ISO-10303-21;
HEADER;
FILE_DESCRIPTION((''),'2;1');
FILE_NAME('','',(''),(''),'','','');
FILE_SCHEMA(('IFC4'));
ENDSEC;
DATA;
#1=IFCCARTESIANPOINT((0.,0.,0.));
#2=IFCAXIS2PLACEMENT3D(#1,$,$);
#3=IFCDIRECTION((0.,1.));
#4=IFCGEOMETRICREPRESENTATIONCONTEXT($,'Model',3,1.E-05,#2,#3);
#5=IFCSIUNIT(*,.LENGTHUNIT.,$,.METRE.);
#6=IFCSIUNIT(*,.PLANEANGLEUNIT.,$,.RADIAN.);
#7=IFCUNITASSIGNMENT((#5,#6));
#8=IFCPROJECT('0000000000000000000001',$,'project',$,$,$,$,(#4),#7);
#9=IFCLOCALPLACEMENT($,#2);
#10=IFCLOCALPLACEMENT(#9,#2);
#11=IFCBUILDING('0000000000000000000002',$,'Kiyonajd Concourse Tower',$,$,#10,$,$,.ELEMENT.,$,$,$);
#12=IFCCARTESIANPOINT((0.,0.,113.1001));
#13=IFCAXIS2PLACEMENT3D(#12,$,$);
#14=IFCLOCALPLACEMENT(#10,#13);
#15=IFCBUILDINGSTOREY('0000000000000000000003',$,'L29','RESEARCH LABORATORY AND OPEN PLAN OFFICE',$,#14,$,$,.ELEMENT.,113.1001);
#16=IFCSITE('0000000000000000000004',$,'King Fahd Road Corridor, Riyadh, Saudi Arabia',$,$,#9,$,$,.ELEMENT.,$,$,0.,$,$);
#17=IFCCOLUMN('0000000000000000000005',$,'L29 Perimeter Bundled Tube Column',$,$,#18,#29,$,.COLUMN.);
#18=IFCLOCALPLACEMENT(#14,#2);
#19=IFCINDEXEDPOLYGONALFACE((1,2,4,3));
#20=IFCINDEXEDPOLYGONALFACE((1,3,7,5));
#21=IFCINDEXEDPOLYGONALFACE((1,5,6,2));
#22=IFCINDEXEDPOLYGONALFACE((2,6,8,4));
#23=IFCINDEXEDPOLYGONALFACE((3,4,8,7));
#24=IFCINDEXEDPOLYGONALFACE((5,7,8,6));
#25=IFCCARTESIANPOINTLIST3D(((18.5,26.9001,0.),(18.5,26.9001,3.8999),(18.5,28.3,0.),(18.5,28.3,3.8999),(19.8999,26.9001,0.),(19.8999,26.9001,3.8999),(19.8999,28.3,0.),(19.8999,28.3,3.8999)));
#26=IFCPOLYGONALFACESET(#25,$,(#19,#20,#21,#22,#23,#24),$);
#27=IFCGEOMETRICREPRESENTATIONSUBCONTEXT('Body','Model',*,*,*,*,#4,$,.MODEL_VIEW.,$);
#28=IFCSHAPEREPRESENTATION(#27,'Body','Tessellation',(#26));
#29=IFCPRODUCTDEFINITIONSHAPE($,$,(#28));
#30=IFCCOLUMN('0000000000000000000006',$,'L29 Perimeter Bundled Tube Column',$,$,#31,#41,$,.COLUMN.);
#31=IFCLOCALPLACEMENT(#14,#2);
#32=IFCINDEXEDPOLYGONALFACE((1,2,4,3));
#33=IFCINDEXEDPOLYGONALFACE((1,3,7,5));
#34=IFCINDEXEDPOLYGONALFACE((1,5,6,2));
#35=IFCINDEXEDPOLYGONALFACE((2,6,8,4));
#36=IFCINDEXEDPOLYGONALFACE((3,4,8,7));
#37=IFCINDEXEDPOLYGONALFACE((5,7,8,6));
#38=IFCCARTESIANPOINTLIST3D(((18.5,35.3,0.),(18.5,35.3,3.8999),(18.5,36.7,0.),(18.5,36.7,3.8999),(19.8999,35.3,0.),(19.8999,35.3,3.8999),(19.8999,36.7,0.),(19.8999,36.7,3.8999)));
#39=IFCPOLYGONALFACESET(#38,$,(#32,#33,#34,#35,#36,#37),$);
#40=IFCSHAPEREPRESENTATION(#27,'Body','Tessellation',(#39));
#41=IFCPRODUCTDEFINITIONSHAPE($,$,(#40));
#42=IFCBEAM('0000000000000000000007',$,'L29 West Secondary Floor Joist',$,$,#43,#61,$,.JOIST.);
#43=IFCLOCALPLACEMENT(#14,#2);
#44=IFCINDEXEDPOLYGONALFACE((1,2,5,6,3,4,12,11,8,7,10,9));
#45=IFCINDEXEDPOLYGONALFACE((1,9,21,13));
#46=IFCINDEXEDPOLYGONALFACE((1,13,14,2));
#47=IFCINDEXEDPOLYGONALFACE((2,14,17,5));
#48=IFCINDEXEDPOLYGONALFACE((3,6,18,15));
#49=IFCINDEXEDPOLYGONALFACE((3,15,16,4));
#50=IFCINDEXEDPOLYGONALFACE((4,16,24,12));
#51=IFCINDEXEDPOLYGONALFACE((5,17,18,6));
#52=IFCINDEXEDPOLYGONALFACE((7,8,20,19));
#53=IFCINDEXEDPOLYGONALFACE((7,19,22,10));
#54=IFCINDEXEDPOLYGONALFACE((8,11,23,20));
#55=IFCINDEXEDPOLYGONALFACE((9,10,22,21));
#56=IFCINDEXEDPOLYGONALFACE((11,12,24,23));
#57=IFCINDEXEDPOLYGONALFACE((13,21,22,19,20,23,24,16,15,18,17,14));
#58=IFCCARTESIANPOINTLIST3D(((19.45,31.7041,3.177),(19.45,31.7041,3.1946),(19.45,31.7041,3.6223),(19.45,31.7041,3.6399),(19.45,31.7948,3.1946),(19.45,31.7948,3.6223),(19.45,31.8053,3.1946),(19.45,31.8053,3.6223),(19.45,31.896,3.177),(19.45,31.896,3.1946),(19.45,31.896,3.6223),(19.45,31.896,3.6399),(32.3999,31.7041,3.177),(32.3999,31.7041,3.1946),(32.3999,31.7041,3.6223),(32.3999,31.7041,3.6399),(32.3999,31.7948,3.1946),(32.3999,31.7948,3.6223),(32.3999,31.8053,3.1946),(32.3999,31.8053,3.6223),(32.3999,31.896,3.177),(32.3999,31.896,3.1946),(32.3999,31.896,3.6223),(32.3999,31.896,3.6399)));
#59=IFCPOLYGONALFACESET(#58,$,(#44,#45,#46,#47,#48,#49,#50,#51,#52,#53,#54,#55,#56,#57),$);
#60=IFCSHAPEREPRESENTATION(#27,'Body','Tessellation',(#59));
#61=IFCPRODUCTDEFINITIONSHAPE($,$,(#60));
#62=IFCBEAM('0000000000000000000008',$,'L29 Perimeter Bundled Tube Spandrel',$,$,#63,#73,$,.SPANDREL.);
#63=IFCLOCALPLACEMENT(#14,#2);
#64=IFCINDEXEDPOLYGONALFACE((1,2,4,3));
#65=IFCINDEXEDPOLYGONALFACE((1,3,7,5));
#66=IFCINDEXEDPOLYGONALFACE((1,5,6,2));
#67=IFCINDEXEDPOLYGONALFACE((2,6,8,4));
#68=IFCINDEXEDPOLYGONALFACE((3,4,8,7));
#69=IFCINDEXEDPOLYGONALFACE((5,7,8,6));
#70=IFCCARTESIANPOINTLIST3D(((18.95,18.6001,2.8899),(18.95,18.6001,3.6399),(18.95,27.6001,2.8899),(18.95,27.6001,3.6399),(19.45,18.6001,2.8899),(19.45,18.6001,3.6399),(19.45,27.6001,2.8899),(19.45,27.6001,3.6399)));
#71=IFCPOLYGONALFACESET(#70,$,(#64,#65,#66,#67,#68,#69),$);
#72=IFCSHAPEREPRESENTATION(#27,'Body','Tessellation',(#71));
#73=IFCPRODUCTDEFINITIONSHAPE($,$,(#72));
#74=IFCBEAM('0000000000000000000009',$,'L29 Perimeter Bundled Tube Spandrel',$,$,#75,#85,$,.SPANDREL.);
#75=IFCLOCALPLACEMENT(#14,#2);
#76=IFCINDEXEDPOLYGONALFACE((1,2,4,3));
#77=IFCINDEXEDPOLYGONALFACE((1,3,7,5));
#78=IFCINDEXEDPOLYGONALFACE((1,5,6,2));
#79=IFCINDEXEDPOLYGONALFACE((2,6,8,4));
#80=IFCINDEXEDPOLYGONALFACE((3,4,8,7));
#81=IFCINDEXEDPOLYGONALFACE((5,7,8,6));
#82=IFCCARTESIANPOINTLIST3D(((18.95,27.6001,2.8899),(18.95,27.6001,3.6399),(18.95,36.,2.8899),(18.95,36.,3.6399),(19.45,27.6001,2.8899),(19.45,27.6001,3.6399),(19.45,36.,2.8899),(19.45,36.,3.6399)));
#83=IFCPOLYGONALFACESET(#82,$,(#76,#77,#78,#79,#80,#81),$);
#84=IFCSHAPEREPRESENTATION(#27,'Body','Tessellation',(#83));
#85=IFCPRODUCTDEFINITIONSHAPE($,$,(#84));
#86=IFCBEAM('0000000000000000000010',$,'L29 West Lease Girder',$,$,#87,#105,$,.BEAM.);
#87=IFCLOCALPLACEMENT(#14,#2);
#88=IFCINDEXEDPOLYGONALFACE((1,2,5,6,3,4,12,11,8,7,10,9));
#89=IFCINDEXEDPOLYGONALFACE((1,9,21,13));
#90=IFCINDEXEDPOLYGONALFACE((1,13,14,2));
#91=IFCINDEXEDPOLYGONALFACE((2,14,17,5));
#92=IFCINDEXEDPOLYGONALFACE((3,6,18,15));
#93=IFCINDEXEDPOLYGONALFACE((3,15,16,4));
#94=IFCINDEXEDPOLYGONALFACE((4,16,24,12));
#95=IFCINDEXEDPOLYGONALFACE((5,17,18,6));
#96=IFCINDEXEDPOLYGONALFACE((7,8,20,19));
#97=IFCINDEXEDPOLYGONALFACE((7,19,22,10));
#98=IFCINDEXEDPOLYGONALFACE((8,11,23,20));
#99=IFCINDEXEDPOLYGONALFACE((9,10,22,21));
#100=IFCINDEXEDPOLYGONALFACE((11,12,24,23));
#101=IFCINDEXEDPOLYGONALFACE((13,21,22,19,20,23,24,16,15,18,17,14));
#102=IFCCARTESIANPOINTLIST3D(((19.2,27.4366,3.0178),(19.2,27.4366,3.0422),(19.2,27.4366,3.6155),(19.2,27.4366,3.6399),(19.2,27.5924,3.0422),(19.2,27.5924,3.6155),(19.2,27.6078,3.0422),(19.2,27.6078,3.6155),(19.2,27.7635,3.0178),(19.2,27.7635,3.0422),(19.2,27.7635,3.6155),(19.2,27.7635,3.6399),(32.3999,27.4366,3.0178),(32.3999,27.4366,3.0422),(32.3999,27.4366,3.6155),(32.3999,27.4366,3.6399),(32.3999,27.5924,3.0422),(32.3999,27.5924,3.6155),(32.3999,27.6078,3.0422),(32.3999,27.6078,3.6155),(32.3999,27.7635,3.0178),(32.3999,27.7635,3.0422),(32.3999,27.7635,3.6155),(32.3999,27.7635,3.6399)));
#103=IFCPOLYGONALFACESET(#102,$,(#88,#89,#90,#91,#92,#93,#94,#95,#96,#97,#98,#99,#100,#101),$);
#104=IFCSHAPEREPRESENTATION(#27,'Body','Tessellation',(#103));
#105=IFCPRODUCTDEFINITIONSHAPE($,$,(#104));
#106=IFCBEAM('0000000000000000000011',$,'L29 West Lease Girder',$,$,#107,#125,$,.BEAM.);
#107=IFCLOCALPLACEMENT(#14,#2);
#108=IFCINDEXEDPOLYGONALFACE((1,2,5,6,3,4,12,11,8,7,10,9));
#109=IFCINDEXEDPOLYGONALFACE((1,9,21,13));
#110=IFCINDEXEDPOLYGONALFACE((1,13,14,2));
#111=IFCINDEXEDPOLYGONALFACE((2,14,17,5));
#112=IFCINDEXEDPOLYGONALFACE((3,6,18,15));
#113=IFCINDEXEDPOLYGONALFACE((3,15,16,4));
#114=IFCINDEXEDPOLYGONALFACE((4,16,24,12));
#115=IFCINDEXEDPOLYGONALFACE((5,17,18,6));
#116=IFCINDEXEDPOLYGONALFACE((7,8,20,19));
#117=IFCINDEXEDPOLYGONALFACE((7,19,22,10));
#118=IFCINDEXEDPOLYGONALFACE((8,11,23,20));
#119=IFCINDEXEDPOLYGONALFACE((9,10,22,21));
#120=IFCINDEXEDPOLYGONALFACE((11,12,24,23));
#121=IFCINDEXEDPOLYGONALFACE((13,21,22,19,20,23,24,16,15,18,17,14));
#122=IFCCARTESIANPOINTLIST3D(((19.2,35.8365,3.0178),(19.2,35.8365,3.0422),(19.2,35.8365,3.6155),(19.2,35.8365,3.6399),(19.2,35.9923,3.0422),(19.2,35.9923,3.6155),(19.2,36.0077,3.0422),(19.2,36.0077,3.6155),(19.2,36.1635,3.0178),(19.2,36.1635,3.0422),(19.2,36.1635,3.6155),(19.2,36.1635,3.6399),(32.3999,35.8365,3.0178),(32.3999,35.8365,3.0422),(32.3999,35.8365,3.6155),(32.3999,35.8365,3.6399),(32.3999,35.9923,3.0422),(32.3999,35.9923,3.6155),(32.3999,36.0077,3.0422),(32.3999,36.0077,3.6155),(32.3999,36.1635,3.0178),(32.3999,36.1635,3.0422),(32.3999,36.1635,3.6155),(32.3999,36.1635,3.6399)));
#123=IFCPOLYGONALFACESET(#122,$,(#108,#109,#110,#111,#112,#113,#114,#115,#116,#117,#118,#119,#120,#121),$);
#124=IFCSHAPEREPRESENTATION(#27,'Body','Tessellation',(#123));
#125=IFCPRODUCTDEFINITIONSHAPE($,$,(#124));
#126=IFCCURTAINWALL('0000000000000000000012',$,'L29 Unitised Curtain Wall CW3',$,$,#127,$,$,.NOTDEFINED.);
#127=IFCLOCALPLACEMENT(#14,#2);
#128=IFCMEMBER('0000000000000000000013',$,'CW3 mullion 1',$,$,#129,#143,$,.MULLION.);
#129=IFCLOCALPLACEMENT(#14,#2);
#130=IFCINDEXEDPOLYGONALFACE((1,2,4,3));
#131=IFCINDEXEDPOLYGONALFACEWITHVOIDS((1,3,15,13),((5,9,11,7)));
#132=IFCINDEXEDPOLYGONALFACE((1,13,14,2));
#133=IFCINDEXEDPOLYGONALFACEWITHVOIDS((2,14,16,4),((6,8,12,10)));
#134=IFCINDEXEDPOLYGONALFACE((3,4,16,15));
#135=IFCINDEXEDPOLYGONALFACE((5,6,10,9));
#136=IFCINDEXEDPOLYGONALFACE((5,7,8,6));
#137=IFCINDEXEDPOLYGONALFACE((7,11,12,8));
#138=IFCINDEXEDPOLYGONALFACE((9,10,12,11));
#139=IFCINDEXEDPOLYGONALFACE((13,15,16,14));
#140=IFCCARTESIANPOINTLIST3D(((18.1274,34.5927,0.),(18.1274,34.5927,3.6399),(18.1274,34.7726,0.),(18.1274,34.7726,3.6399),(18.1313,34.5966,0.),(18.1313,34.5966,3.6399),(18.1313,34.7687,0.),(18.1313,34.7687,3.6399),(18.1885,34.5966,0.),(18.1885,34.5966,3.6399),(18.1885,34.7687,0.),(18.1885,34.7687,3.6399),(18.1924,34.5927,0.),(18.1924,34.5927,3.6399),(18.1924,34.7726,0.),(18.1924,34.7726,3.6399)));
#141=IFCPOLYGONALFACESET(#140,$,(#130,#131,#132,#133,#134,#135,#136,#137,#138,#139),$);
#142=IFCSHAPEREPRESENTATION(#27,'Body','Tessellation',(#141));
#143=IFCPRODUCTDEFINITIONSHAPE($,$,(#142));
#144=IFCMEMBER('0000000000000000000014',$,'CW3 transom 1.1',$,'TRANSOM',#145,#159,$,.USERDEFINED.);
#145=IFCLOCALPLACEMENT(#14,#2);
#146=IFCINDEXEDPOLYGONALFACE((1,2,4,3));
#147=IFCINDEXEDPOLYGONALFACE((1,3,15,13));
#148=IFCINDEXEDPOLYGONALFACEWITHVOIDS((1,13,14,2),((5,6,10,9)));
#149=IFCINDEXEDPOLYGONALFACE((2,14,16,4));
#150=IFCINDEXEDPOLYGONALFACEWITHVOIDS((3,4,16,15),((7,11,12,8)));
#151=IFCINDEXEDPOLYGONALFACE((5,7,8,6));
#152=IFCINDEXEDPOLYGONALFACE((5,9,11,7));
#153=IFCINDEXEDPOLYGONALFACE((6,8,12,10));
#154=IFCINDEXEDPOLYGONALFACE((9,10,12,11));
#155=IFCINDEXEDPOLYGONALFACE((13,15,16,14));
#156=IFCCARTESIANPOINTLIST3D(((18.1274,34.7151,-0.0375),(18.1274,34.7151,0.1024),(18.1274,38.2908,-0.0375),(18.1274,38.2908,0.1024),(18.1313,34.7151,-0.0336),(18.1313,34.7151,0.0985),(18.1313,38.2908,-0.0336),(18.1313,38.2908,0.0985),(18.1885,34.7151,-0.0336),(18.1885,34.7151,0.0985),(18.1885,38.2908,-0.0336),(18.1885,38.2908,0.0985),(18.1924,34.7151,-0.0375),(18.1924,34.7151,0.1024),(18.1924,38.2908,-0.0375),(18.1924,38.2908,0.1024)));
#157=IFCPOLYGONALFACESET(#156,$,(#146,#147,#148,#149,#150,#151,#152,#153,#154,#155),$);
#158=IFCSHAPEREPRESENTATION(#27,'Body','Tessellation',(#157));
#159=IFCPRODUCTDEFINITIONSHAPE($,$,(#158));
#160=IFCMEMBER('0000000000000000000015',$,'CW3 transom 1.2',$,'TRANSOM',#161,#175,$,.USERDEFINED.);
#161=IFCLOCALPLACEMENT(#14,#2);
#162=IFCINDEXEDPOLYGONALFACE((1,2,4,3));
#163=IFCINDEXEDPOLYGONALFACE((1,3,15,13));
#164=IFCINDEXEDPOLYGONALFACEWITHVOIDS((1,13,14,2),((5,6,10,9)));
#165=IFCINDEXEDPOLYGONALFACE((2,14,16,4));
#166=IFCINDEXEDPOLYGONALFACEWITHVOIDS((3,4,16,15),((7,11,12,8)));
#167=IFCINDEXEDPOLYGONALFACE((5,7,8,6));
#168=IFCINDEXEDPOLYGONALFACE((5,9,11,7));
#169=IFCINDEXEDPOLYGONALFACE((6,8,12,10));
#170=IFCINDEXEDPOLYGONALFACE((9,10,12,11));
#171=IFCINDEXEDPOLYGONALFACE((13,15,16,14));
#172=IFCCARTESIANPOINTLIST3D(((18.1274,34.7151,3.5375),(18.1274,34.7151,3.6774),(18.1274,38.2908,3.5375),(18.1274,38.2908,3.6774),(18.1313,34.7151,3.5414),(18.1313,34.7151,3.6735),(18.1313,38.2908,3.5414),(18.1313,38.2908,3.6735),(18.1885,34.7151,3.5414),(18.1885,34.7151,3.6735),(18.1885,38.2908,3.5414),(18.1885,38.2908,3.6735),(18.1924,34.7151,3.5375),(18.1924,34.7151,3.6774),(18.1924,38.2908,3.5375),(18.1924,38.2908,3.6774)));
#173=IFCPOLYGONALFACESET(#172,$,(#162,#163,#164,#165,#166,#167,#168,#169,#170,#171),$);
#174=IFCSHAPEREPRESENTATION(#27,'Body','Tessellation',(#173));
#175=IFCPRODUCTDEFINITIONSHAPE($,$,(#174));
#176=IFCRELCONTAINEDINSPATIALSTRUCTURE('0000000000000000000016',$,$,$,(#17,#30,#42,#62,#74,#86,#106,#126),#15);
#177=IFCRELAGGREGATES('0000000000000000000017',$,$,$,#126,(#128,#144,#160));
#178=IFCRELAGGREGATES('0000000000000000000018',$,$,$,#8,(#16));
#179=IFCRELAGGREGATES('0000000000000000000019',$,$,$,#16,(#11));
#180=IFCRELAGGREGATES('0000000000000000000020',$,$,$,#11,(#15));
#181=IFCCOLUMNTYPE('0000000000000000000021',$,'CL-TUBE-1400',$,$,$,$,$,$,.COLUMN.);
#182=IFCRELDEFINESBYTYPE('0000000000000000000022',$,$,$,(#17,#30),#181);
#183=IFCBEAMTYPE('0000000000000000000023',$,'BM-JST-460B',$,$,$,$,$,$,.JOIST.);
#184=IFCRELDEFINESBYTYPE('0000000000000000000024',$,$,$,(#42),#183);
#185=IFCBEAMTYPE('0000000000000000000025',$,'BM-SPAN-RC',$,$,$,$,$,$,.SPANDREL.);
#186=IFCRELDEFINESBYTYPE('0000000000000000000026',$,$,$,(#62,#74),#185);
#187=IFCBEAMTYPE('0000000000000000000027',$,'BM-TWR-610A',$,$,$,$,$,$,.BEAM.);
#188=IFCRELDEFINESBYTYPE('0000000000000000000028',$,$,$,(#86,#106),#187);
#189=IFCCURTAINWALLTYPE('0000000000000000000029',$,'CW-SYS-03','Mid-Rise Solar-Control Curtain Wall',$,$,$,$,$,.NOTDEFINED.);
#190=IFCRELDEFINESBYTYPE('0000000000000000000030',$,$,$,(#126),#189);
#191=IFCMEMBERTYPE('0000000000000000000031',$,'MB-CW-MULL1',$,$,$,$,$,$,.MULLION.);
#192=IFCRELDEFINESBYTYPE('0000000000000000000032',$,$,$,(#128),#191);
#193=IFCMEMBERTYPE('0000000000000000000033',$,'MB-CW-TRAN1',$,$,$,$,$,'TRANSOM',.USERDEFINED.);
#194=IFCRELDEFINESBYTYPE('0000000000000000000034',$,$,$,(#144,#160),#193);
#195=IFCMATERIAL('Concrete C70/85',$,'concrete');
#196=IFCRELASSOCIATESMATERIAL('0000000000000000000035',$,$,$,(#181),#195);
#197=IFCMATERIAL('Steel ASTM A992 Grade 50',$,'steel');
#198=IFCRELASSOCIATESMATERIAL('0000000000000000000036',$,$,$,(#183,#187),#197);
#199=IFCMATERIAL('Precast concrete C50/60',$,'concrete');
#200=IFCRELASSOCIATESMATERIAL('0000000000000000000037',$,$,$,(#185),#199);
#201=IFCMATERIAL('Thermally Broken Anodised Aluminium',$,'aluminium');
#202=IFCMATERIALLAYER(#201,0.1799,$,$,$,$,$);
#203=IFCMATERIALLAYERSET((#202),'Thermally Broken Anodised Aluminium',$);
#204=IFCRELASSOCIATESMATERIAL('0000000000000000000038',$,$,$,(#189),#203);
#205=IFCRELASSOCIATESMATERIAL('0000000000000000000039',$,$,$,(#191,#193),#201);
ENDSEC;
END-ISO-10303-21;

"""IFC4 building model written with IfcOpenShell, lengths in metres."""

from ifc_helpers import new_model, si_unit, direction, frame, origin, origin_2d, place, context, subcontext, project, spatial, rectangle, hollow_rectangle, i_section, extrude, material, layer, layer_set, material_profile, profile_set, type_object, element, aggregate, save


model = new_model("IFC4")

# Units and contexts
model_context = context("Model", 3, precision=1e-05, world=origin(), true_north=direction((0.0, 1.0)))
body_context = subcontext(model_context, "Body", "Model", "MODEL_VIEW")
ifc_project = project(units=[si_unit("LENGTHUNIT", "METRE"), si_unit("PLANEANGLEUNIT", "RADIAN")], contexts=[model_context])

# Site, building, storey
site_placement = place(None, origin())
site = spatial("IfcSite", under=ifc_project, at=site_placement, Name="King Fahd Road Corridor, Riyadh, Saudi Arabia", CompositionType="ELEMENT", RefElevation=0.0)
building_placement = place(site_placement, origin())
building = spatial("IfcBuilding", under=site, at=building_placement, Name="Kiyonajd Concourse Tower", CompositionType="ELEMENT")
storey_placement = place(building_placement, frame((0.0, 0.0, 113.1001)))
storey = spatial("IfcBuildingStorey", under=building, at=storey_placement, Name="L29", Description="RESEARCH LABORATORY AND OPEN PLAN OFFICE", CompositionType="ELEMENT", Elevation=113.1001)

# Columns
ifc_material_1 = material(Name="Concrete C70/85", Category="concrete")
ifc_material_profile_1 = material_profile(ifc_material_1, rectangle(XDim=1.3999, YDim=1.3999, at=origin_2d()), Name="RC-1400x1400")
ifc_profile_set_1 = profile_set([ifc_material_profile_1], Name="Concrete C70/85")
column_type = type_object("IfcColumnType", Name="CL-TUBE-1400", PredefinedType="COLUMN", material=ifc_profile_set_1)
for number, where, z_axis, x_axis, name in (
    (1, (19.2, 27.6001, 0.0), (0.0, 0.0, 1.0), (1.0, 0.0, 0.0), "L29 Perimeter Bundled Tube Column"),
    (2, (19.2, 36.0, 0.0), (0.0, 0.0, 1.0), (1.0, 0.0, 0.0), "L29 Perimeter Bundled Tube Column"),
):
    element("IfcColumn", number, at=place(storey_placement, frame(where, z_axis=z_axis, x_axis=x_axis)), inside=storey, type_object=column_type, Name=name, PredefinedType="COLUMN", context=body_context, shape_type="SweptSolid", body=[
        extrude(rectangle(XDim=1.3999, YDim=1.3999, at=origin_2d()), origin(), (0.0, 0.0, 1.0), 3.8999),
    ])

# Beams
ifc_material_2 = material(Name="Steel ASTM A992 Grade 50", Category="steel")
ifc_material_profile_2 = material_profile(ifc_material_2, i_section(OverallWidth=0.1919, OverallDepth=0.4629, WebThickness=0.0105, FlangeThickness=0.0176, at=origin_2d()), Name="W460X89")
ifc_profile_set_2 = profile_set([ifc_material_profile_2], Name="Steel ASTM A992 Grade 50")
beam_type_1 = type_object("IfcBeamType", Name="BM-JST-460B", PredefinedType="JOIST", material=ifc_profile_set_2)
beam_1_placement = place(storey_placement, frame((19.45, 31.8, 3.4084), z_axis=(1.0, 0.0, 0.0), x_axis=(0.0, 1.0, 0.0)))
element("IfcBeam", 3, at=beam_1_placement, inside=storey, type_object=beam_type_1, Name="L29 West Secondary Floor Joist", PredefinedType="JOIST", context=body_context, shape_type="SweptSolid", body=[
    extrude(i_section(OverallWidth=0.1919, OverallDepth=0.4629, WebThickness=0.0105, FlangeThickness=0.0176, at=origin_2d()), origin(), (0.0, 0.0, 1.0), 12.95),
])
ifc_material_3 = material(Name="Precast concrete C50/60", Category="concrete")
ifc_material_profile_3 = material_profile(ifc_material_3, rectangle(XDim=0.5, YDim=0.75, at=origin_2d()), Name="RCBM-500x750")
ifc_profile_set_3 = profile_set([ifc_material_profile_3], Name="Precast concrete C50/60")
beam_type_2 = type_object("IfcBeamType", Name="BM-SPAN-RC", PredefinedType="SPANDREL", material=ifc_profile_set_3)
beam_2_placement = place(storey_placement, frame((19.2, 27.6001, 3.2649), z_axis=(0.0, -1.0, 0.0), x_axis=(1.0, 0.0, 0.0)))
element("IfcBeam", 4, at=beam_2_placement, inside=storey, type_object=beam_type_2, Name="L29 Perimeter Bundled Tube Spandrel", PredefinedType="SPANDREL", context=body_context, shape_type="SweptSolid", body=[
    extrude(rectangle(XDim=0.5, YDim=0.75, at=origin_2d()), origin(), (0.0, 0.0, 1.0), 9.0),
])
beam_3_placement = place(storey_placement, frame((19.2, 36.0, 3.2649), z_axis=(0.0, -1.0, 0.0), x_axis=(1.0, 0.0, 0.0)))
element("IfcBeam", 5, at=beam_3_placement, inside=storey, type_object=beam_type_2, Name="L29 Perimeter Bundled Tube Spandrel", PredefinedType="SPANDREL", context=body_context, shape_type="SweptSolid", body=[
    extrude(rectangle(XDim=0.5, YDim=0.75, at=origin_2d()), origin(), (0.0, 0.0, 1.0), 8.3999),
])
ifc_material_profile_4 = material_profile(ifc_material_2, i_section(OverallWidth=0.3269, OverallDepth=0.6221, WebThickness=0.0154, FlangeThickness=0.0244, at=origin_2d()), Name="W610X195")
ifc_profile_set_4 = profile_set([ifc_material_profile_4], Name="Steel ASTM A992 Grade 50")
beam_type_3 = type_object("IfcBeamType", Name="BM-TWR-610A", PredefinedType="BEAM", material=ifc_profile_set_4)
for number, where, z_axis, x_axis, name in (
    (6, (19.2, 27.6001, 3.3289), (1.0, 0.0, 0.0), (0.0, 1.0, 0.0), "L29 West Lease Girder"),
    (7, (19.2, 36.0, 3.3289), (1.0, 0.0, 0.0), (0.0, 1.0, 0.0), "L29 West Lease Girder"),
):
    element("IfcBeam", number, at=place(storey_placement, frame(where, z_axis=z_axis, x_axis=x_axis)), inside=storey, type_object=beam_type_3, Name=name, PredefinedType="BEAM", context=body_context, shape_type="SweptSolid", body=[
        extrude(i_section(OverallWidth=0.3269, OverallDepth=0.6221, WebThickness=0.0154, FlangeThickness=0.0244, at=origin_2d()), origin(), (0.0, 0.0, 1.0), 13.2),
    ])

# Curtain wall, members
ifc_material_4 = material(Name="Thermally Broken Anodised Aluminium", Category="aluminium")
ifc_layer_1 = layer(ifc_material_4, 0.1799)
ifc_layer_set_1 = layer_set([ifc_layer_1], Name="Thermally Broken Anodised Aluminium")
curtain_wall_type = type_object("IfcCurtainWallType", Name="CW-SYS-03", Description="Mid-Rise Solar-Control Curtain Wall", PredefinedType="NOTDEFINED", material=ifc_layer_set_1)
curtain_wall_placement = place(storey_placement, origin())
curtain_wall = element("IfcCurtainWall", 8, at=curtain_wall_placement, inside=storey, type_object=curtain_wall_type, Name="L29 Unitised Curtain Wall CW3", PredefinedType="NOTDEFINED")
ifc_material_profile_5 = material_profile(ifc_material_4, hollow_rectangle(XDim=0.0649, YDim=0.1799, WallThickness=0.0039, at=origin_2d()), Name="MULL-65x180")
ifc_profile_set_5 = profile_set([ifc_material_profile_5], Name="Thermally Broken Anodised Aluminium")
member_type_1 = type_object("IfcMemberType", Name="MB-CW-MULL1", PredefinedType="MULLION", material=ifc_profile_set_5)
member_1_placement = place(storey_placement, frame((18.1599, 34.6826, 0.0), z_axis=(0.0, 0.0, 1.0), x_axis=(-1.0, 0.0, 0.0)))
member_1 = element("IfcMember", 9, at=member_1_placement, type_object=member_type_1, Name="CW3 mullion 1", PredefinedType="MULLION", context=body_context, shape_type="SweptSolid", body=[
    extrude(hollow_rectangle(XDim=0.0649, YDim=0.1799, WallThickness=0.0039, at=origin_2d()), origin(), (0.0, 0.0, 1.0), 3.6399),
])
ifc_material_profile_6 = material_profile(ifc_material_4, hollow_rectangle(XDim=0.0649, YDim=0.1399, WallThickness=0.0039, at=origin_2d()), Name="TRAN-65x140")
ifc_profile_set_6 = profile_set([ifc_material_profile_6], Name="Thermally Broken Anodised Aluminium")
member_type_2 = type_object("IfcMemberType", Name="MB-CW-TRAN1", ElementType="TRANSOM", PredefinedType="USERDEFINED", material=ifc_profile_set_6)
member_2_placement = place(storey_placement, frame((18.1599, 34.7151, 0.0325), z_axis=(0.0, 1.0, 0.0), x_axis=(-1.0, 0.0, 0.0)))
member_2 = element("IfcMember", 10, at=member_2_placement, type_object=member_type_2, Name="CW3 transom 1.1", ObjectType="TRANSOM", PredefinedType="USERDEFINED", context=body_context, shape_type="SweptSolid", body=[
    extrude(hollow_rectangle(XDim=0.0649, YDim=0.1399, WallThickness=0.0039, at=origin_2d()), origin(), (0.0, 0.0, 1.0), 3.5757),
])
member_3_placement = place(storey_placement, frame((18.1599, 34.7151, 3.6074), z_axis=(0.0, 1.0, 0.0), x_axis=(-1.0, 0.0, 0.0)))
member_3 = element("IfcMember", 11, at=member_3_placement, type_object=member_type_2, Name="CW3 transom 1.2", ObjectType="TRANSOM", PredefinedType="USERDEFINED", context=body_context, shape_type="SweptSolid", body=[
    extrude(hollow_rectangle(XDim=0.0649, YDim=0.1399, WallThickness=0.0039, at=origin_2d()), origin(), (0.0, 0.0, 1.0), 3.5757),
])
aggregate(curtain_wall, [member_1, member_2, member_3])

save(model, "model.ifc")
